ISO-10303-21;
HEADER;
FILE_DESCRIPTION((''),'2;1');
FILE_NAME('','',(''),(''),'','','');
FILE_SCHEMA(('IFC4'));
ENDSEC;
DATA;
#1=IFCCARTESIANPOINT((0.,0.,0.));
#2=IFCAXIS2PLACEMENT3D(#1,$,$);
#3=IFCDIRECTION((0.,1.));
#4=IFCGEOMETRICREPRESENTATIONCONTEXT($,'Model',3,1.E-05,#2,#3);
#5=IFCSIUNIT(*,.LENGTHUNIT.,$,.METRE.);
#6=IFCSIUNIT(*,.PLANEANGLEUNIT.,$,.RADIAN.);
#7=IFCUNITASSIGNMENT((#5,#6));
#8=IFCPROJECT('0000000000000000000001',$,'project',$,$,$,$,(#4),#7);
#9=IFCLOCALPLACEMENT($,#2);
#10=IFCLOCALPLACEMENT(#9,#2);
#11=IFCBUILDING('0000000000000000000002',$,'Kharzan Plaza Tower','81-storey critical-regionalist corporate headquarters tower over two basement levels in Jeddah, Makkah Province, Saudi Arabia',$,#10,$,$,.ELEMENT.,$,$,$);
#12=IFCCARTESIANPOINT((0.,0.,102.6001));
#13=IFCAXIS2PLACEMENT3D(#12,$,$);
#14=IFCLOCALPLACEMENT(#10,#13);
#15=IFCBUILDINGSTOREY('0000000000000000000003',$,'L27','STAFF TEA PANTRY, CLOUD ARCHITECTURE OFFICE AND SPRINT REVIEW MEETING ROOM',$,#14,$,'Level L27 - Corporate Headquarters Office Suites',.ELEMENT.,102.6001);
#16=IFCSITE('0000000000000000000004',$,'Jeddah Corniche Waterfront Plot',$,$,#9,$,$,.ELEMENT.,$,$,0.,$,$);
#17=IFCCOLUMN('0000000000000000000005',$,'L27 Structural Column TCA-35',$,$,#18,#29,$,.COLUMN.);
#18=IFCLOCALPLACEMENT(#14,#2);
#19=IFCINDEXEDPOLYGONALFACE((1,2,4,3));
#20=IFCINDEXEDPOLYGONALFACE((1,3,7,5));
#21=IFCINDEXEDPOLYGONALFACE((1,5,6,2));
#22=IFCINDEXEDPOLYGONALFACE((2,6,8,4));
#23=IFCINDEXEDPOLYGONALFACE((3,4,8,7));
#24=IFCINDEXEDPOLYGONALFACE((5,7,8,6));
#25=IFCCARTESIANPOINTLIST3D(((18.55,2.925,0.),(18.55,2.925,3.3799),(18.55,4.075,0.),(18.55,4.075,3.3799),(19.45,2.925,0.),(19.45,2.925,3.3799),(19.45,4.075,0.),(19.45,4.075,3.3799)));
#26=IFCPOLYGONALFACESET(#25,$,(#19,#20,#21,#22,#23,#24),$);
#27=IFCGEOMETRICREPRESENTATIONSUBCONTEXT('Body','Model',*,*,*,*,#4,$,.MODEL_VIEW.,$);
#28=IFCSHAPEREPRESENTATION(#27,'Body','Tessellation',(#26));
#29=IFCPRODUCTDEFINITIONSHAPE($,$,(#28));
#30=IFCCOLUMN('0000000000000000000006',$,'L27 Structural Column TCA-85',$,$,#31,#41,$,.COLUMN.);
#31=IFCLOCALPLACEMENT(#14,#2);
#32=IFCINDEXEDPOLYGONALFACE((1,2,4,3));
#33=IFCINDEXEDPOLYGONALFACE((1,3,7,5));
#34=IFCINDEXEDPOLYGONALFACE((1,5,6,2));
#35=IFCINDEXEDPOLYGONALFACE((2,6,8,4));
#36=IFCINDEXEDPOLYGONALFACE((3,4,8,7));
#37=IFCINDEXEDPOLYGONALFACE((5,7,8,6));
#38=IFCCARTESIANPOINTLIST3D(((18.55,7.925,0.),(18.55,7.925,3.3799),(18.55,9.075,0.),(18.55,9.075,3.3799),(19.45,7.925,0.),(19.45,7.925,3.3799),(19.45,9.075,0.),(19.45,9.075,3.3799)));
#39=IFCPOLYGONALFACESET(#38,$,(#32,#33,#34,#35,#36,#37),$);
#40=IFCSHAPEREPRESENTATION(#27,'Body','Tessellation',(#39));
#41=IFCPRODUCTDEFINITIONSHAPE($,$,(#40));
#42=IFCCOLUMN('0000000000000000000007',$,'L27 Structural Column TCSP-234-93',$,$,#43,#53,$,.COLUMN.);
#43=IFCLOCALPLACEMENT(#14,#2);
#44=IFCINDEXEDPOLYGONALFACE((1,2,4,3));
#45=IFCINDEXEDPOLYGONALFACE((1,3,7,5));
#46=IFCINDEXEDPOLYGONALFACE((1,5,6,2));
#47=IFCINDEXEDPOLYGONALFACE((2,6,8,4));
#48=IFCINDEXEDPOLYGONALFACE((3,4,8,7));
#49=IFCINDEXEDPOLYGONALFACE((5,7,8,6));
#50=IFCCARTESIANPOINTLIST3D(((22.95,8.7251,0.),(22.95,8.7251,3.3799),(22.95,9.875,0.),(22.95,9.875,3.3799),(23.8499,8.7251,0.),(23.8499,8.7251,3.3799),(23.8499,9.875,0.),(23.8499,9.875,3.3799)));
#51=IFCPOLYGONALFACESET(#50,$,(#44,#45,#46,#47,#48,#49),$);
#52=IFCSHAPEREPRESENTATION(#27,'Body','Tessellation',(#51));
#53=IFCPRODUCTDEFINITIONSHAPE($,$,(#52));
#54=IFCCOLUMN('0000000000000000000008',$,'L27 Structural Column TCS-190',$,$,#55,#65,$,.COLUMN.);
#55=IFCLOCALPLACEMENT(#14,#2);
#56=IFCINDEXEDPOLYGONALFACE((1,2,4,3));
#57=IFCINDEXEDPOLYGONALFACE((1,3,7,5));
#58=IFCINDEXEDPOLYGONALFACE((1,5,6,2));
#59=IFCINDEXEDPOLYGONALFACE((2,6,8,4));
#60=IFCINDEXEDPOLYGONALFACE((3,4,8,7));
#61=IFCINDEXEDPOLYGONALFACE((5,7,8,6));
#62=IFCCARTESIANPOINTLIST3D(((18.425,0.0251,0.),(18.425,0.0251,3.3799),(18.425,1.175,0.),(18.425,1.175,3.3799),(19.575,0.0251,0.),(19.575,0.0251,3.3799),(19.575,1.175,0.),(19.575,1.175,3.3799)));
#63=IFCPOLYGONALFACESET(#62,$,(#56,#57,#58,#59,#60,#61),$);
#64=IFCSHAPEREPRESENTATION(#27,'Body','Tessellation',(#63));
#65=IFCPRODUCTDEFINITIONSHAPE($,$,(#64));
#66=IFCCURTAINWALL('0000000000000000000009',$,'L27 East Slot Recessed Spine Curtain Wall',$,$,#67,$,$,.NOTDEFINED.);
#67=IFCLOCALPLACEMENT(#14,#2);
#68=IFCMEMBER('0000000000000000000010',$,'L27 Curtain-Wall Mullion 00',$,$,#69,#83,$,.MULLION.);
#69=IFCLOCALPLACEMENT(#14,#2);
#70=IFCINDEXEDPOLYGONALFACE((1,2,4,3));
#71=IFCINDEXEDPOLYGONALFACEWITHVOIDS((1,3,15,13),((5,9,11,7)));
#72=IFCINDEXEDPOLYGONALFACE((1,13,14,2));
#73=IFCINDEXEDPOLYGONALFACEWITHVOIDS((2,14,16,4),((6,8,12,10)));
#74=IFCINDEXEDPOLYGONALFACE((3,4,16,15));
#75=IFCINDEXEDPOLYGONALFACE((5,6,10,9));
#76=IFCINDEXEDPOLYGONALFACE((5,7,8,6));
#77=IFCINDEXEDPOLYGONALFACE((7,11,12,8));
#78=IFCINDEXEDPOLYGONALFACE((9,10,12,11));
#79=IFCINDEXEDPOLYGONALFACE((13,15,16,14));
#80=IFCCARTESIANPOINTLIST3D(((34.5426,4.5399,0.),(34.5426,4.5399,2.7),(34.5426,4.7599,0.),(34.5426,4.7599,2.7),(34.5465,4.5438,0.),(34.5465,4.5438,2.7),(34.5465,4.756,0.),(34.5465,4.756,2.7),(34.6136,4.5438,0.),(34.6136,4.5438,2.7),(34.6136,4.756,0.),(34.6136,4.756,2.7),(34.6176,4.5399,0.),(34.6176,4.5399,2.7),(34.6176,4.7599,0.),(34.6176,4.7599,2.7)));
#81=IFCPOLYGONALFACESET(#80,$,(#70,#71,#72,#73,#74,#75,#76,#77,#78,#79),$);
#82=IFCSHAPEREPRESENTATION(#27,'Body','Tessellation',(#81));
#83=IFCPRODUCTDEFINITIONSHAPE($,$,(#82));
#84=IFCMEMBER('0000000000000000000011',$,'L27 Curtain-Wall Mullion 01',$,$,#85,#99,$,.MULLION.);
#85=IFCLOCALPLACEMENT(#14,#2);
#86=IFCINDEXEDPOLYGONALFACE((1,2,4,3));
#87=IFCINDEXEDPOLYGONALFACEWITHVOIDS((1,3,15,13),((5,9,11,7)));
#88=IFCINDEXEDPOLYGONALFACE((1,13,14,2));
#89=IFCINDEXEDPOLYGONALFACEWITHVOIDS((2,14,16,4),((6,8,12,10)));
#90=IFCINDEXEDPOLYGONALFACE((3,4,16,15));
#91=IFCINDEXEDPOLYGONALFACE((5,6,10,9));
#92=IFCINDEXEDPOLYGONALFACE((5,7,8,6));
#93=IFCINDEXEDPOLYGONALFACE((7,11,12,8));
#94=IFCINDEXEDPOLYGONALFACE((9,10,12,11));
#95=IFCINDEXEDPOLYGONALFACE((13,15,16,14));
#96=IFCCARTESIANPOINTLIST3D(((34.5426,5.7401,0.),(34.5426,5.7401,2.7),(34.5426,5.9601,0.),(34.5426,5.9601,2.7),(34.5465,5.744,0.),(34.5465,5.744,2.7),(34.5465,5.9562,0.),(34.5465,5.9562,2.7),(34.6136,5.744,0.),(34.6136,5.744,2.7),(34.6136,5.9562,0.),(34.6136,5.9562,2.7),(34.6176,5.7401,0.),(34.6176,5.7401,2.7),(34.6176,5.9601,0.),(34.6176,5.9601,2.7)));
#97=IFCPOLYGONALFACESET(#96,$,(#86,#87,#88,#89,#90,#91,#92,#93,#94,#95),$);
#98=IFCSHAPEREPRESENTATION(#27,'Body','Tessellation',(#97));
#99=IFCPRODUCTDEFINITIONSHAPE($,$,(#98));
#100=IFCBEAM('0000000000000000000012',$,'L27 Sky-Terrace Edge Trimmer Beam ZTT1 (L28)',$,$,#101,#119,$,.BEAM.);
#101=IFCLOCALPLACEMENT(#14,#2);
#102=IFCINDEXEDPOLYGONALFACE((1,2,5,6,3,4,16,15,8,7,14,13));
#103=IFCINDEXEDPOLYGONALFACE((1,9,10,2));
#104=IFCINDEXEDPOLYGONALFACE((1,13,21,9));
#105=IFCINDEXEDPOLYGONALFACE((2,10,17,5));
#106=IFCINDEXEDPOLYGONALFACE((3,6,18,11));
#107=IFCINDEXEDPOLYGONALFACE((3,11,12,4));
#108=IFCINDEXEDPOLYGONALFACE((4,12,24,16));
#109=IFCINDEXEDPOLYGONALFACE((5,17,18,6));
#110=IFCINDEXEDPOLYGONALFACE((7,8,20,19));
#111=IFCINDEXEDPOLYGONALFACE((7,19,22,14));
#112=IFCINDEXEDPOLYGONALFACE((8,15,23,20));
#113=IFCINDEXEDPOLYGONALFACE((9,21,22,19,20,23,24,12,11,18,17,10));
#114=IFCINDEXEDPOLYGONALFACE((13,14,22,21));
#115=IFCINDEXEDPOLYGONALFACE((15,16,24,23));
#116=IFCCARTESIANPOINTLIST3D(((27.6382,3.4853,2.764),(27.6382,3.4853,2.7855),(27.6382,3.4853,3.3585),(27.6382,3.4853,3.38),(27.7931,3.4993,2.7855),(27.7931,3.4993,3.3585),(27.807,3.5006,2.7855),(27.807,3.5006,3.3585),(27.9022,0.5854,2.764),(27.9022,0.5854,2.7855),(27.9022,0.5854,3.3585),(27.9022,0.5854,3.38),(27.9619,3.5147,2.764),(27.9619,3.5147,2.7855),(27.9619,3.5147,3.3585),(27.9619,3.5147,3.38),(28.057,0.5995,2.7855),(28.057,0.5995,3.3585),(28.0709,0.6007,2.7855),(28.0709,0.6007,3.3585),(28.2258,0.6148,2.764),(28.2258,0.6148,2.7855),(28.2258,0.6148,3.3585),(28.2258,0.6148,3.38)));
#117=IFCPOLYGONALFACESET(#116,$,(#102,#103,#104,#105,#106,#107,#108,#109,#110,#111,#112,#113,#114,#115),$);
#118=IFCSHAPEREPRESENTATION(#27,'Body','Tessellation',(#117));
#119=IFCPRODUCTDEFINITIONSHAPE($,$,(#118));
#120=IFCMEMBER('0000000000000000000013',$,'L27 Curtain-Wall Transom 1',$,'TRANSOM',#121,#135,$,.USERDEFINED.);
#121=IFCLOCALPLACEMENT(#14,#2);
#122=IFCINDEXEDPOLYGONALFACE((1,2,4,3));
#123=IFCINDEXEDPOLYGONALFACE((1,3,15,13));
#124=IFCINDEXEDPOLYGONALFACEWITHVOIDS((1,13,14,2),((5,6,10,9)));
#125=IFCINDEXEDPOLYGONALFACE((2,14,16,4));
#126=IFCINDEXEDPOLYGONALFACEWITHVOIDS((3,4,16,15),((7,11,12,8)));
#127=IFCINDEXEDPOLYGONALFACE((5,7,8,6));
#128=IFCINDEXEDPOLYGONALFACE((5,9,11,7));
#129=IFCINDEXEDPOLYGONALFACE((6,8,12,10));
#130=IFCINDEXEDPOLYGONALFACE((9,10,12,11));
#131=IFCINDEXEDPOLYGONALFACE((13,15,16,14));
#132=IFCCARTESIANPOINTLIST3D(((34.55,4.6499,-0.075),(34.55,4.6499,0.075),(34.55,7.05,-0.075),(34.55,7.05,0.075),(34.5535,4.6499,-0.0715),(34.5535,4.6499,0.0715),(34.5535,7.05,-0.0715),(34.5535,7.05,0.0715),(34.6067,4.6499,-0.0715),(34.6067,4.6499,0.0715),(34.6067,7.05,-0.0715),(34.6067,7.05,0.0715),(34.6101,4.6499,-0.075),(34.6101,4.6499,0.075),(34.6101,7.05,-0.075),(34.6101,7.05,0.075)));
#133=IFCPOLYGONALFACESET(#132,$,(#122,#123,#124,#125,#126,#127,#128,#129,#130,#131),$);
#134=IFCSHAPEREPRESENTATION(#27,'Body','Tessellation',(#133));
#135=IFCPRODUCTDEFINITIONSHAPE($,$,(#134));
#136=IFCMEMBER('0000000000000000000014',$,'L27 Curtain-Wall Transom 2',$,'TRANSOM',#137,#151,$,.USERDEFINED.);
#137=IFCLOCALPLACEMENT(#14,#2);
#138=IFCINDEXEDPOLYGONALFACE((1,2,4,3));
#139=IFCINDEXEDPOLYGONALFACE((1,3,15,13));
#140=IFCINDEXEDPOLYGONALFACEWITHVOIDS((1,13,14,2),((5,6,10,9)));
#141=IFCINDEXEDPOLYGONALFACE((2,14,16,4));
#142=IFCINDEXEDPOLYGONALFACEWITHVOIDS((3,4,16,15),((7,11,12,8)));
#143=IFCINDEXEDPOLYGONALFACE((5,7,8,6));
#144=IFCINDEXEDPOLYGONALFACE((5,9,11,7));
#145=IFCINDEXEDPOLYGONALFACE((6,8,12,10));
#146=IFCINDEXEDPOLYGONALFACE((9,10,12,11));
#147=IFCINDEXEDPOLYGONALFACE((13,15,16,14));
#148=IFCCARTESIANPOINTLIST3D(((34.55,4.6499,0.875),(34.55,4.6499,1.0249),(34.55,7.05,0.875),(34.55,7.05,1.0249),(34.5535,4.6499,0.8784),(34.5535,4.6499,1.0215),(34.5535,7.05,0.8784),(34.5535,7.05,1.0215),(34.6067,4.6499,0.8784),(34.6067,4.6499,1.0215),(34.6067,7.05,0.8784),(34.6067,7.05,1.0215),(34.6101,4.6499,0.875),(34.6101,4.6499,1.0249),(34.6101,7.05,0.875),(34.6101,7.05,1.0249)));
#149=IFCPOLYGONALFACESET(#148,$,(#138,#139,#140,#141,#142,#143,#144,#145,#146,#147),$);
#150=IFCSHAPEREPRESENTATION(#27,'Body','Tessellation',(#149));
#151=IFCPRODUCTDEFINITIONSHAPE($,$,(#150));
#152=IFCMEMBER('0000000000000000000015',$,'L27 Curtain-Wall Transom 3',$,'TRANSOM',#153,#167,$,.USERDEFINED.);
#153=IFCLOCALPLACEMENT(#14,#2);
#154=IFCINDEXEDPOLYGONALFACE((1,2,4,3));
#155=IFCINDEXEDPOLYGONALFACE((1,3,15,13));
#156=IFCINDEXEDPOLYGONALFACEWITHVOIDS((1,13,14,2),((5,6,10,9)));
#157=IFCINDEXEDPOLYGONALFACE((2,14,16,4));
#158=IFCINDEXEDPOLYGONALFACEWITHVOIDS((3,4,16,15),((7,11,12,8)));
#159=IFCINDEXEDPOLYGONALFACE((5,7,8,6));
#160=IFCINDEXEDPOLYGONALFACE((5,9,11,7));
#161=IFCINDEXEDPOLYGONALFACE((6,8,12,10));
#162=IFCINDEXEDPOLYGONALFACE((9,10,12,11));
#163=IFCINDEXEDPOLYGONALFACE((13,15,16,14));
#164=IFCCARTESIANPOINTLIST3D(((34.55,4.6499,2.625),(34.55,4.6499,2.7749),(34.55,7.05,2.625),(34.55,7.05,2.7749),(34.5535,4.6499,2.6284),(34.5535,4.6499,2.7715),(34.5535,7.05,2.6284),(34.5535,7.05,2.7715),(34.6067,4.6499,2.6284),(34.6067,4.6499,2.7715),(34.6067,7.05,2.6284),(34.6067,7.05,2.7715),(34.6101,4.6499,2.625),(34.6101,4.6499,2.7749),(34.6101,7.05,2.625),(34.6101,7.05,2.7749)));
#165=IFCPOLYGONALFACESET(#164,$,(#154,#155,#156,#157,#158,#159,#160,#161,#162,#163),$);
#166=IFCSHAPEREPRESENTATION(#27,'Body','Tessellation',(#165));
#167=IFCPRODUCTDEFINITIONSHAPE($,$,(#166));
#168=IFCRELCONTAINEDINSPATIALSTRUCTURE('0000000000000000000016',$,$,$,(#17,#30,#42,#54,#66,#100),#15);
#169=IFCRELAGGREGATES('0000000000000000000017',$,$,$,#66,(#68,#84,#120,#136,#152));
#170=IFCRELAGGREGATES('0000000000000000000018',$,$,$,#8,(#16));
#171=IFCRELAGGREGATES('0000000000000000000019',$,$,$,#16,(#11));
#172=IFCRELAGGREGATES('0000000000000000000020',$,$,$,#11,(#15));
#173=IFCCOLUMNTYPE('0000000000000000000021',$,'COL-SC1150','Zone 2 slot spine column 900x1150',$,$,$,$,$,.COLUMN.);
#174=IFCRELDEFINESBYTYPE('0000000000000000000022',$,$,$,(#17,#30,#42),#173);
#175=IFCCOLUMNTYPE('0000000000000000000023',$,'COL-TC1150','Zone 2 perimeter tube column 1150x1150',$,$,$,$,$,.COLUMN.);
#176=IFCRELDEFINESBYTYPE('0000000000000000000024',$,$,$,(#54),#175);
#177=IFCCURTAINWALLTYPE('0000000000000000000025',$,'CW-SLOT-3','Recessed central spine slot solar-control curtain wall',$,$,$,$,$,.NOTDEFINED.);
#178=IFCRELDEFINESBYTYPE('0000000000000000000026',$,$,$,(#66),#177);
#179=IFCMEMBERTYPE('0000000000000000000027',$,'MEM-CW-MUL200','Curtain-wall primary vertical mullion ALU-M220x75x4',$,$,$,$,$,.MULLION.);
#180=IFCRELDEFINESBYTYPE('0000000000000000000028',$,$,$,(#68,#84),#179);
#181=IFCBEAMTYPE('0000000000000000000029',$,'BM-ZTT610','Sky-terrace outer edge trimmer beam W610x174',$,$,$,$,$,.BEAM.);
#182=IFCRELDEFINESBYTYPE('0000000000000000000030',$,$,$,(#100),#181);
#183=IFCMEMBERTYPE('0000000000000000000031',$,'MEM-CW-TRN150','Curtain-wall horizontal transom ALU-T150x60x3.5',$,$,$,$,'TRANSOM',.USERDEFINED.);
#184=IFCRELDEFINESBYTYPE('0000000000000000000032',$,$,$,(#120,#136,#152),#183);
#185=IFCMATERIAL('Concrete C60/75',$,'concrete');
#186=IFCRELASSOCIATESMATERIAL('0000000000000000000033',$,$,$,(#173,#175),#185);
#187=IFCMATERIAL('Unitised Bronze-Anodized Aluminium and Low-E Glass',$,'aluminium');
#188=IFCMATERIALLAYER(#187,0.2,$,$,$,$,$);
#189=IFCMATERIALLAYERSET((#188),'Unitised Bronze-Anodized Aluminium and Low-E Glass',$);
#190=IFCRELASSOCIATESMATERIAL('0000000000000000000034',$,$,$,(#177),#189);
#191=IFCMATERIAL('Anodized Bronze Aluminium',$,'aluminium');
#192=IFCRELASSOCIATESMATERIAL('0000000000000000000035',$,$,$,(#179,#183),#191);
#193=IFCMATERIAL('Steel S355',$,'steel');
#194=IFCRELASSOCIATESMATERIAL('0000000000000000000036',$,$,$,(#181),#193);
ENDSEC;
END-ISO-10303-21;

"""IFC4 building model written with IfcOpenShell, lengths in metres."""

from ifc_helpers import new_model, si_unit, direction, frame, origin, origin_2d, place, context, subcontext, project, spatial, rectangle, hollow_rectangle, i_section, extrude, source, transform, mapped, material, layer, layer_set, material_profile, profile_set, type_object, element, aggregate, save


model = new_model("IFC4")

# Units and contexts
model_context = context("Model", 3, precision=1e-05, world=origin(), true_north=direction((0.0, 1.0)))
body_context = subcontext(model_context, "Body", "Model", "MODEL_VIEW")
ifc_project = project(units=[si_unit("LENGTHUNIT", "METRE"), si_unit("PLANEANGLEUNIT", "RADIAN")], contexts=[model_context])

# Site, building, storey
site_placement = place(None, origin())
site = spatial("IfcSite", under=ifc_project, at=site_placement, Name="Jeddah Corniche Waterfront Plot", CompositionType="ELEMENT", RefElevation=0.0)
building_placement = place(site_placement, origin())
building = spatial("IfcBuilding", under=site, at=building_placement, Name="Kharzan Plaza Tower", Description="81-storey critical-regionalist corporate headquarters tower over two basement levels in Jeddah, Makkah Province, Saudi Arabia", CompositionType="ELEMENT")
storey_placement = place(building_placement, frame((0.0, 0.0, 102.6001)))
storey = spatial("IfcBuildingStorey", under=building, at=storey_placement, Name="L27", Description="STAFF TEA PANTRY, CLOUD ARCHITECTURE OFFICE AND SPRINT REVIEW MEETING ROOM", LongName="Level L27 - Corporate Headquarters Office Suites", CompositionType="ELEMENT", Elevation=102.6001)

# Columns
ifc_material_1 = material(Name="Concrete C60/75", Category="concrete")
ifc_material_profile_1 = material_profile(ifc_material_1, rectangle(XDim=0.8999, YDim=1.1499, at=origin_2d()), Name="RC-SC1150x900")
ifc_profile_set_1 = profile_set([ifc_material_profile_1], Name="Concrete C60/75")
column_type_1 = type_object("IfcColumnType", Name="COL-SC1150", Description="Zone 2 slot spine column 900x1150", PredefinedType="COLUMN", material=ifc_profile_set_1)
shared_shape_1 = source(origin(), body_context, "Body", "SweptSolid", [
    extrude(rectangle(XDim=0.8999, YDim=1.1499, at=origin_2d()), origin(), (0.0, 0.0, 1.0), 3.3799),
])
for number, where, z_axis, x_axis, name in (
    (1, (19.0, 3.5, 0.0), (0.0, 0.0, 1.0), (1.0, 0.0, 0.0), "L27 Structural Column TCA-35"),
    (2, (19.0, 8.5, 0.0), (0.0, 0.0, 1.0), (1.0, 0.0, 0.0), "L27 Structural Column TCA-85"),
    (3, (23.3999, 9.3, 0.0), (0.0, 0.0, 1.0), (1.0, 0.0, 0.0), "L27 Structural Column TCSP-234-93"),
):
    element("IfcColumn", number, at=place(storey_placement, frame(where, z_axis=z_axis, x_axis=x_axis)), inside=storey, type_object=column_type_1, Name=name, PredefinedType="COLUMN", context=body_context, shape_type="MappedRepresentation", body=[
        mapped(shared_shape_1, transform((0.0, 0.0, 0.0), x_axis=(1.0, 0.0, 0.0), y_axis=(0.0, 1.0, 0.0), z_axis=(0.0, 0.0, 1.0))),
    ])
ifc_material_profile_2 = material_profile(ifc_material_1, rectangle(XDim=1.1499, YDim=1.1499, at=origin_2d()), Name="RC-TC1150x1150")
ifc_profile_set_2 = profile_set([ifc_material_profile_2], Name="Concrete C60/75")
column_type_2 = type_object("IfcColumnType", Name="COL-TC1150", Description="Zone 2 perimeter tube column 1150x1150", PredefinedType="COLUMN", material=ifc_profile_set_2)
shared_shape_2 = source(origin(), body_context, "Body", "SweptSolid", [
    extrude(rectangle(XDim=1.1499, YDim=1.1499, at=origin_2d()), origin(), (0.0, 0.0, 1.0), 3.3799),
])
column_placement = place(storey_placement, frame((19.0, 0.6001, 0.0), z_axis=(0.0, 0.0, 1.0), x_axis=(1.0, 0.0, 0.0)))
element("IfcColumn", 4, at=column_placement, inside=storey, type_object=column_type_2, Name="L27 Structural Column TCS-190", PredefinedType="COLUMN", context=body_context, shape_type="MappedRepresentation", body=[
    mapped(shared_shape_2, transform((0.0, 0.0, 0.0), x_axis=(1.0, 0.0, 0.0), y_axis=(0.0, 1.0, 0.0), z_axis=(0.0, 0.0, 1.0))),
])

# Curtain wall, members
ifc_material_2 = material(Name="Unitised Bronze-Anodized Aluminium and Low-E Glass", Category="aluminium")
ifc_layer_1 = layer(ifc_material_2, 0.2)
ifc_layer_set_1 = layer_set([ifc_layer_1], Name="Unitised Bronze-Anodized Aluminium and Low-E Glass")
curtain_wall_type = type_object("IfcCurtainWallType", Name="CW-SLOT-3", Description="Recessed central spine slot solar-control curtain wall", PredefinedType="NOTDEFINED", material=ifc_layer_set_1)
curtain_wall_placement = place(storey_placement, origin())
curtain_wall = element("IfcCurtainWall", 5, at=curtain_wall_placement, inside=storey, type_object=curtain_wall_type, Name="L27 East Slot Recessed Spine Curtain Wall", PredefinedType="NOTDEFINED")
ifc_material_3 = material(Name="Anodized Bronze Aluminium", Category="aluminium")
ifc_material_profile_3 = material_profile(ifc_material_3, hollow_rectangle(XDim=0.075, YDim=0.22, WallThickness=0.0039, at=origin_2d()), Name="ALU-M220x75x4")
ifc_profile_set_3 = profile_set([ifc_material_profile_3], Name="Anodized Bronze Aluminium")
member_type_1 = type_object("IfcMemberType", Name="MEM-CW-MUL200", Description="Curtain-wall primary vertical mullion ALU-M220x75x4", PredefinedType="MULLION", material=ifc_profile_set_3)
shared_shape_3 = source(origin(), body_context, "Body", "SweptSolid", [
    extrude(hollow_rectangle(XDim=0.075, YDim=0.22, WallThickness=0.0039, at=origin_2d()), origin(), (0.0, 0.0, 1.0), 2.7),
])
member_1_placement = place(storey_placement, frame((34.5801, 4.6499, 0.0), z_axis=(0.0, 0.0, 1.0), x_axis=(1.0, 0.0, 0.0)))
member_1 = element("IfcMember", 6, at=member_1_placement, type_object=member_type_1, Name="L27 Curtain-Wall Mullion 00", PredefinedType="MULLION", context=body_context, shape_type="MappedRepresentation", body=[
    mapped(shared_shape_3, transform((0.0, 0.0, 0.0), x_axis=(1.0, 0.0, 0.0), y_axis=(0.0, 1.0, 0.0), z_axis=(0.0, 0.0, 1.0))),
])
member_2_placement = place(storey_placement, frame((34.5801, 5.8501, 0.0), z_axis=(0.0, 0.0, 1.0), x_axis=(1.0, 0.0, 0.0)))
member_2 = element("IfcMember", 7, at=member_2_placement, type_object=member_type_1, Name="L27 Curtain-Wall Mullion 01", PredefinedType="MULLION", context=body_context, shape_type="MappedRepresentation", body=[
    mapped(shared_shape_3, transform((0.0, 0.0, 0.0), x_axis=(1.0, 0.0, 0.0), y_axis=(0.0, 1.0, 0.0), z_axis=(0.0, 0.0, 1.0))),
])

# Beam
ifc_material_4 = material(Name="Steel S355", Category="steel")
ifc_material_profile_4 = material_profile(ifc_material_4, i_section(OverallWidth=0.325, OverallDepth=0.616, WebThickness=0.0139, FlangeThickness=0.0215, at=origin_2d()), Name="W610x174")
ifc_profile_set_4 = profile_set([ifc_material_profile_4], Name="Steel S355")
beam_type_1 = type_object("IfcBeamType", Name="BM-ZTT610", Description="Sky-terrace outer edge trimmer beam W610x174", PredefinedType="BEAM", material=ifc_profile_set_4)
shared_shape_4 = source(origin(), body_context, "Body", "SweptSolid", [
    extrude(i_section(OverallWidth=0.325, OverallDepth=0.616, WebThickness=0.0139, FlangeThickness=0.0215, at=origin_2d()), origin(), (0.0, 0.0, 1.0), 2.9119),
])
beam_1_placement = place(storey_placement, frame((28.064, 0.6001, 3.072), z_axis=(-0.090634, 0.995884, 0.0), x_axis=(-0.995884, -0.090634, 0.0)))
element("IfcBeam", 8, at=beam_1_placement, inside=storey, type_object=beam_type_1, Name="L27 Sky-Terrace Edge Trimmer Beam ZTT1 (L28)", PredefinedType="BEAM", context=body_context, shape_type="MappedRepresentation", body=[
    mapped(shared_shape_4, transform((0.0, 0.0, 0.0), x_axis=(1.0, 0.0, 0.0), y_axis=(0.0, 1.0, 0.0), z_axis=(0.0, 0.0, 1.0))),
])

# Members
ifc_material_profile_5 = material_profile(ifc_material_3, hollow_rectangle(XDim=0.0601, YDim=0.1499, WallThickness=0.0034, at=origin_2d()), Name="ALU-T150x60x3.5")
ifc_profile_set_5 = profile_set([ifc_material_profile_5], Name="Anodized Bronze Aluminium")
member_type_2 = type_object("IfcMemberType", Name="MEM-CW-TRN150", Description="Curtain-wall horizontal transom ALU-T150x60x3.5", ElementType="TRANSOM", PredefinedType="USERDEFINED", material=ifc_profile_set_5)
shared_shape_5 = source(origin(), body_context, "Body", "SweptSolid", [
    extrude(hollow_rectangle(XDim=0.0601, YDim=0.1499, WallThickness=0.0034, at=origin_2d()), origin(), (0.0, 0.0, 1.0), 2.4001),
])
member_3_placement = place(storey_placement, frame((34.5801, 4.6499, 0.0), z_axis=(0.0, 1.0, 0.0), x_axis=(-1.0, 0.0, 0.0)))
member_3 = element("IfcMember", 9, at=member_3_placement, type_object=member_type_2, Name="L27 Curtain-Wall Transom 1", ObjectType="TRANSOM", PredefinedType="USERDEFINED", context=body_context, shape_type="MappedRepresentation", body=[
    mapped(shared_shape_5, transform((0.0, 0.0, 0.0), x_axis=(1.0, 0.0, 0.0), y_axis=(0.0, 1.0, 0.0), z_axis=(0.0, 0.0, 1.0))),
])
member_4_placement = place(storey_placement, frame((34.5801, 4.6499, 0.95), z_axis=(0.0, 1.0, 0.0), x_axis=(-1.0, 0.0, 0.0)))
member_4 = element("IfcMember", 10, at=member_4_placement, type_object=member_type_2, Name="L27 Curtain-Wall Transom 2", ObjectType="TRANSOM", PredefinedType="USERDEFINED", context=body_context, shape_type="MappedRepresentation", body=[
    mapped(shared_shape_5, transform((0.0, 0.0, 0.0), x_axis=(1.0, 0.0, 0.0), y_axis=(0.0, 1.0, 0.0), z_axis=(0.0, 0.0, 1.0))),
])
member_5_placement = place(storey_placement, frame((34.5801, 4.6499, 2.7), z_axis=(0.0, 1.0, 0.0), x_axis=(-1.0, 0.0, 0.0)))
member_5 = element("IfcMember", 11, at=member_5_placement, type_object=member_type_2, Name="L27 Curtain-Wall Transom 3", ObjectType="TRANSOM", PredefinedType="USERDEFINED", context=body_context, shape_type="MappedRepresentation", body=[
    mapped(shared_shape_5, transform((0.0, 0.0, 0.0), x_axis=(1.0, 0.0, 0.0), y_axis=(0.0, 1.0, 0.0), z_axis=(0.0, 0.0, 1.0))),
])

aggregate(curtain_wall, [member_1, member_2, member_3, member_4, member_5])

save(model, "model.ifc")
